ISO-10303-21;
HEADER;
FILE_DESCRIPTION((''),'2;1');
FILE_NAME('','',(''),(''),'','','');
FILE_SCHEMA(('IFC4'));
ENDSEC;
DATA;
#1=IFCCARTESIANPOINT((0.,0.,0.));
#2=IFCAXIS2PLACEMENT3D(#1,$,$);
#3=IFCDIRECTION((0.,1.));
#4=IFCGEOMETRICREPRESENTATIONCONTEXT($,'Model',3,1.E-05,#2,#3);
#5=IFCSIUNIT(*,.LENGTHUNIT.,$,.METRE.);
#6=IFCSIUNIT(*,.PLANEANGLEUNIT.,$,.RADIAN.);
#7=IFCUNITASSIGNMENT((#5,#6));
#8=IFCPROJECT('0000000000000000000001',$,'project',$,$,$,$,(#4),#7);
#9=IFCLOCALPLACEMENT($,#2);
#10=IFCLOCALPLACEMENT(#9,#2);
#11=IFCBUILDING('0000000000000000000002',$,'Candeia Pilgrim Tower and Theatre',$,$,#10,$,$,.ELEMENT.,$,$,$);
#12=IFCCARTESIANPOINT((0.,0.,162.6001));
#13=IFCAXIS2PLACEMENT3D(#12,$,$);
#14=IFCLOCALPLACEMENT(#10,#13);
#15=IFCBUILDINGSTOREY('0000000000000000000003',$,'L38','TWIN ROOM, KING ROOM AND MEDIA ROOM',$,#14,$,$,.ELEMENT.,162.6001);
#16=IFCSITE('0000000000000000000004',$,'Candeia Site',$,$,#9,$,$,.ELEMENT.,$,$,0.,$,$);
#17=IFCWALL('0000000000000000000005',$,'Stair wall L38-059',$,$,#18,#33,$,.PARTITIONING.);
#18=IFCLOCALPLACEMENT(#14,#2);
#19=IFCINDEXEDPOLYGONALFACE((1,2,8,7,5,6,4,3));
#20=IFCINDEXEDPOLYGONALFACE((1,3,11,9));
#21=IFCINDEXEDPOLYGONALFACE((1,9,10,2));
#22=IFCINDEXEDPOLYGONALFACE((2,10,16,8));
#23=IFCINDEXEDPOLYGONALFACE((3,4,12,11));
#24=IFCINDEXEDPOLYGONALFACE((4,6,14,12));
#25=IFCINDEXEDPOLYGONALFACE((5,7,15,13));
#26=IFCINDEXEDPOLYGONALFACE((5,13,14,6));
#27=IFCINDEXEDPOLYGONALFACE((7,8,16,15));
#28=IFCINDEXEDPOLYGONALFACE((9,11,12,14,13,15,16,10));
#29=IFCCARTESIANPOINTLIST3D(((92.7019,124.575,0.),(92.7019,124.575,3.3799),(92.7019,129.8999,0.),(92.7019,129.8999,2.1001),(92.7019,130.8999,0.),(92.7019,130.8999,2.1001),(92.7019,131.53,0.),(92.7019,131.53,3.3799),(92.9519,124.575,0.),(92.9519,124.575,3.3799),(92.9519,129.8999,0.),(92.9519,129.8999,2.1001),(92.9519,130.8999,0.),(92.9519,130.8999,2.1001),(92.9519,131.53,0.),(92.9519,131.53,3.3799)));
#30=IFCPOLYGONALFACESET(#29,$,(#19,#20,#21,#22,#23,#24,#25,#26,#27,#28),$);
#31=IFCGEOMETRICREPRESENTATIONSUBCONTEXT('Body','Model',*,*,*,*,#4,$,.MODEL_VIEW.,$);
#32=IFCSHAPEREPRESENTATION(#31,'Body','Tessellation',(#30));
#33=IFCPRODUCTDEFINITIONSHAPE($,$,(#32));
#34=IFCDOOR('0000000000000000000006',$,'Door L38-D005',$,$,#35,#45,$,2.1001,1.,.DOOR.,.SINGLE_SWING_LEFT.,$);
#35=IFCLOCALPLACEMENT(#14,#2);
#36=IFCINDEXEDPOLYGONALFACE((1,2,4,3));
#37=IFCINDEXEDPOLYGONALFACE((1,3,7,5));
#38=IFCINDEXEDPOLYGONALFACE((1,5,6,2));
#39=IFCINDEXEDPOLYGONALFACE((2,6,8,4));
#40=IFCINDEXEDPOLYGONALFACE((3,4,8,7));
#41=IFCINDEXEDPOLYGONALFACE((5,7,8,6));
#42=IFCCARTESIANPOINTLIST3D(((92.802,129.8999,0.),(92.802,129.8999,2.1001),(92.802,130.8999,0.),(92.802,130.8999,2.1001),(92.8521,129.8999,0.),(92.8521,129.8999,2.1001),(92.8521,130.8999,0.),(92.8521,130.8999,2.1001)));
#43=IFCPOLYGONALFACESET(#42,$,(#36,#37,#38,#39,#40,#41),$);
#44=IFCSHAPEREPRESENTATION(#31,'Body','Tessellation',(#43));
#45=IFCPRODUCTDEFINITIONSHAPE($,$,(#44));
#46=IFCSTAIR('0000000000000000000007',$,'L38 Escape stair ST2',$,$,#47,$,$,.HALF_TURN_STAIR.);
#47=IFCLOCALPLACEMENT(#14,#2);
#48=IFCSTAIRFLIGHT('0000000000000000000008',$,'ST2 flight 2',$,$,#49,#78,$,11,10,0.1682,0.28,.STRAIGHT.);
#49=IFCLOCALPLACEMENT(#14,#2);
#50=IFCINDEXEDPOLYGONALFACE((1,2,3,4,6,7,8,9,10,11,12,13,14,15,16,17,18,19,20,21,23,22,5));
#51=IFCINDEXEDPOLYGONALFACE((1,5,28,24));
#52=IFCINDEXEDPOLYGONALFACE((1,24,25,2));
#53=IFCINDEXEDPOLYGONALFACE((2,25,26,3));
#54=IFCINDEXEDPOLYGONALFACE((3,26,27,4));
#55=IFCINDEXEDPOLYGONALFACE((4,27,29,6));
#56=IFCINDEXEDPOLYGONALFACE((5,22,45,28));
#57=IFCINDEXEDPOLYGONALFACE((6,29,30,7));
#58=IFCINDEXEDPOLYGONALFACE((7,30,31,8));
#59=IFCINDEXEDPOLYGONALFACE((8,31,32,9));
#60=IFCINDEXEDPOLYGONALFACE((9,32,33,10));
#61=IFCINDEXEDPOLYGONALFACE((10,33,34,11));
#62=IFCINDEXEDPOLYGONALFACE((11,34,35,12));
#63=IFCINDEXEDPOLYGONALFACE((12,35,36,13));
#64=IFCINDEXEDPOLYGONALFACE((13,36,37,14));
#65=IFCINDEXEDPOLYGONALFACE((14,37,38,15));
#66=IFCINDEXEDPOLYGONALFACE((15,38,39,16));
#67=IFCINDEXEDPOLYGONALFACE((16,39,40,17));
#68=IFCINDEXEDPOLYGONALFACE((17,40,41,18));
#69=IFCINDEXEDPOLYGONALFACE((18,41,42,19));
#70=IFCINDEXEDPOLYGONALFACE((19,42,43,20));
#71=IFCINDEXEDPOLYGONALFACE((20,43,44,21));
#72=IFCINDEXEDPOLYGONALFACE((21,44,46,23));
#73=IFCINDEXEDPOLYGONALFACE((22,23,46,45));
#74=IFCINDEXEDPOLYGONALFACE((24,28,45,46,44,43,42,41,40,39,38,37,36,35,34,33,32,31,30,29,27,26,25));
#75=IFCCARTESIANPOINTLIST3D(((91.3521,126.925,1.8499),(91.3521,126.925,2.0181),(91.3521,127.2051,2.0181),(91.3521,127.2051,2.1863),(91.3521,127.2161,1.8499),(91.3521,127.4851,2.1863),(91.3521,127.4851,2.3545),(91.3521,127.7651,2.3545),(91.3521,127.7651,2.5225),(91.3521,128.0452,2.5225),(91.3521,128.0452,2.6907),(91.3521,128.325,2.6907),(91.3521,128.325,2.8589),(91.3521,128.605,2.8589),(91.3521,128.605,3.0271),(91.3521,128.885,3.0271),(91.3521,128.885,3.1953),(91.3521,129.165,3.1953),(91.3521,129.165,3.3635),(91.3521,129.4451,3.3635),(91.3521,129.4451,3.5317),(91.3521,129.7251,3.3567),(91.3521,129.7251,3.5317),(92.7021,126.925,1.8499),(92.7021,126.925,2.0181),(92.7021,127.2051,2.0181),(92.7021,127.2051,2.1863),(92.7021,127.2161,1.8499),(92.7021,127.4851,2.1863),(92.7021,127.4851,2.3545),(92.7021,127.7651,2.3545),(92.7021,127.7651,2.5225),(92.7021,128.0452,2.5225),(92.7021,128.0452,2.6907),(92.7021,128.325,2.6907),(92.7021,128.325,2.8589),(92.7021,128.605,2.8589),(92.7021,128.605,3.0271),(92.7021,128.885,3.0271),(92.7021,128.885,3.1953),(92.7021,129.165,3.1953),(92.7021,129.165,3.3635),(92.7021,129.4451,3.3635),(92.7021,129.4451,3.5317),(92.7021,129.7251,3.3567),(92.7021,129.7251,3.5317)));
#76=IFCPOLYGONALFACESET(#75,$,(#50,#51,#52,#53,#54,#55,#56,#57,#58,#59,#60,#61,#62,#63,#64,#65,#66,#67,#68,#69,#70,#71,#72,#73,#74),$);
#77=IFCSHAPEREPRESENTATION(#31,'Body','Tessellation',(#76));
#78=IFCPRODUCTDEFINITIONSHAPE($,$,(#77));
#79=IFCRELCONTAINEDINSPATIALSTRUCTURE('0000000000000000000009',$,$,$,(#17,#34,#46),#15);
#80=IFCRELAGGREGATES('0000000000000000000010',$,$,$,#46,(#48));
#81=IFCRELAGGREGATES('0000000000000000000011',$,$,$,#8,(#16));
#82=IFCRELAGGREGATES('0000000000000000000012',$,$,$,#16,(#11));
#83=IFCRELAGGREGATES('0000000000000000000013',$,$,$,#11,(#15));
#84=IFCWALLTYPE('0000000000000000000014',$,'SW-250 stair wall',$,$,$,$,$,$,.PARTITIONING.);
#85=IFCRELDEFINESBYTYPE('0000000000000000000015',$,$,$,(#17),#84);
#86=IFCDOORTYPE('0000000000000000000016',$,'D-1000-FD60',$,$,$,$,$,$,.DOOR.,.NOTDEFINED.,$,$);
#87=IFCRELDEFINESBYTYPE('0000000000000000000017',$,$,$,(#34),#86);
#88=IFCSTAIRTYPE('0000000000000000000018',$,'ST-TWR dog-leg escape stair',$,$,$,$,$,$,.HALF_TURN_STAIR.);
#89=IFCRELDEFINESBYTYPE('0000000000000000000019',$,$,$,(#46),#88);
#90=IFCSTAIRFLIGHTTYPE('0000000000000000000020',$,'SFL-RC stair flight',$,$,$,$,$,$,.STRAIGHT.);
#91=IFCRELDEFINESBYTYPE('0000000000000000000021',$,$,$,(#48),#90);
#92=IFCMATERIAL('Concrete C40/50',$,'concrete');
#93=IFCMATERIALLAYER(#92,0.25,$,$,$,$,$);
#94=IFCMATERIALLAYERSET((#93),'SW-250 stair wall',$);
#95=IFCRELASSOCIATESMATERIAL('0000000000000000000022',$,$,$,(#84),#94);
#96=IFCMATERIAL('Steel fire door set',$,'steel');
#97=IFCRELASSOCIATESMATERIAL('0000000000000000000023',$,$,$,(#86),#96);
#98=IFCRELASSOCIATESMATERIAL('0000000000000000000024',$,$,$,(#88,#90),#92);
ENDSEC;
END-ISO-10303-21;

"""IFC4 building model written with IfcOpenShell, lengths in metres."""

from ifc_helpers import new_model, si_unit, direction, frame, frame_2d, origin, place, context, subcontext, project, spatial, polyline, rectangle, outline, extrude, material, layer, layer_set, type_object, element, fill, aggregate, save


model = new_model("IFC4")

# Units and contexts
model_context = context("Model", 3, precision=1e-05, world=origin(), true_north=direction((0.0, 1.0)))
body_context = subcontext(model_context, "Body", "Model", "MODEL_VIEW")
ifc_project = project(units=[si_unit("LENGTHUNIT", "METRE"), si_unit("PLANEANGLEUNIT", "RADIAN")], contexts=[model_context])

# Site, building, storey
site_placement = place(None, origin())
site = spatial("IfcSite", under=ifc_project, at=site_placement, Name="Candeia Site", CompositionType="ELEMENT", RefElevation=0.0)
building_placement = place(site_placement, origin())
building = spatial("IfcBuilding", under=site, at=building_placement, Name="Candeia Pilgrim Tower and Theatre", CompositionType="ELEMENT")
storey_placement = place(building_placement, frame((0.0, 0.0, 162.6001)))
storey = spatial("IfcBuildingStorey", under=building, at=storey_placement, Name="L38", Description="TWIN ROOM, KING ROOM AND MEDIA ROOM", CompositionType="ELEMENT", Elevation=162.6001)

# Shared definitions
ifc_material_1 = material(Name="Steel fire door set", Category="steel")

# Shared definitions
ifc_material_2 = material(Name="Concrete C40/50", Category="concrete")

# Wall, opening, door
ifc_layer_1 = layer(ifc_material_2, 0.25)
ifc_layer_set_1 = layer_set([ifc_layer_1], Name="SW-250 stair wall")
wall_type_1 = type_object("IfcWallType", Name="SW-250 stair wall", PredefinedType="PARTITIONING", material=ifc_layer_set_1)
wall_1_placement = place(storey_placement, frame((92.8269, 124.575, 0.0), z_axis=(0.0, 0.0, 1.0), x_axis=(0.0, 1.0, 0.0)))
wall_1 = element("IfcWall", 1, at=wall_1_placement, inside=storey, type_object=wall_type_1, Name="Stair wall L38-059", PredefinedType="PARTITIONING", context=body_context, shape_type="SweptSolid", body=[
    extrude(rectangle(XDim=6.9551, YDim=0.25, at=frame_2d((3.4775, 0.0))), origin(), (0.0, 0.0, 1.0), 3.3799),
])
opening_1_placement = place(wall_1_placement, frame((5.325, 0.0, 0.0)))
opening_1 = element("IfcOpeningElement", 2, at=opening_1_placement, cuts=wall_1, PredefinedType="OPENING", context=body_context, shape_type="SweptSolid", body=[
    extrude(rectangle(XDim=1.0, YDim=2.1001, at=frame_2d((0.5, 1.05))), frame((0.0, 0.135, 0.0), z_axis=(0.0, -1.0, 0.0), x_axis=(1.0, 0.0, 0.0)), (0.0, 0.0, 1.0), 0.27),
])
door_type_1 = type_object("IfcDoorType", Name="D-1000-FD60", OperationType="NOTDEFINED", PredefinedType="DOOR", material=ifc_material_1)
door_1_placement = place(opening_1_placement, origin())
door_1 = element("IfcDoor", 3, at=door_1_placement, inside=storey, type_object=door_type_1, Name="Door L38-D005", OperationType="SINGLE_SWING_LEFT", OverallHeight=2.1001, OverallWidth=1.0, PredefinedType="DOOR", context=body_context, shape_type="SweptSolid", body=[
    extrude(rectangle(XDim=1.0, YDim=2.1001, at=frame_2d((0.5, 1.05))), frame((0.0, 0.0249, 0.0), z_axis=(0.0, -1.0, 0.0), x_axis=(1.0, 0.0, 0.0)), (0.0, 0.0, 1.0), 0.05),
])
fill(opening_1, door_1)

# Stair, stair flight
stair_type = type_object("IfcStairType", Name="ST-TWR dog-leg escape stair", PredefinedType="HALF_TURN_STAIR", material=ifc_material_2)
stair_placement = place(storey_placement, origin())
stair = element("IfcStair", 4, at=stair_placement, inside=storey, type_object=stair_type, Name="L38 Escape stair ST2", PredefinedType="HALF_TURN_STAIR")
stair_flight_type = type_object("IfcStairFlightType", Name="SFL-RC stair flight", PredefinedType="STRAIGHT", material=ifc_material_2)
stair_flight_placement = place(storey_placement, frame((92.0271, 126.925, 1.8499), z_axis=(0.0, 0.0, 1.0), x_axis=(0.0, 1.0, 0.0)))
stair_flight = element("IfcStairFlight", 5, at=stair_flight_placement, type_object=stair_flight_type, Name="ST2 flight 2", NumberOfRisers=11, NumberOfTreads=10, PredefinedType="STRAIGHT", RiserHeight=0.1682, TreadLength=0.28, context=body_context, shape_type="SweptSolid", body=[
    extrude(outline(polyline([(0.0, 0.0), (0.0, 0.1682), (0.28, 0.1682), (0.28, 0.3364), (0.5601, 0.3364), (0.5601, 0.5046), (0.8401, 0.5046), (0.8401, 0.6726), (1.1201, 0.6726), (1.1201, 0.8408), (1.3999, 0.8408), (1.3999, 1.009), (1.6799, 1.009), (1.6799, 1.1772), (1.96, 1.1772), (1.96, 1.3455), (2.24, 1.3455), (2.24, 1.5137), (2.52, 1.5137), (2.52, 1.6819), (2.8, 1.6819), (2.8, 1.8501), (2.8, 1.5068), (0.291, 0.0), (0.0, 0.0)])), frame((0.0, 0.675, 0.0), z_axis=(0.0, -1.0, 0.0), x_axis=(1.0, 0.0, 0.0)), (0.0, 0.0, 1.0), 1.3501),
])
aggregate(stair, [stair_flight])

save(model, "model.ifc")
